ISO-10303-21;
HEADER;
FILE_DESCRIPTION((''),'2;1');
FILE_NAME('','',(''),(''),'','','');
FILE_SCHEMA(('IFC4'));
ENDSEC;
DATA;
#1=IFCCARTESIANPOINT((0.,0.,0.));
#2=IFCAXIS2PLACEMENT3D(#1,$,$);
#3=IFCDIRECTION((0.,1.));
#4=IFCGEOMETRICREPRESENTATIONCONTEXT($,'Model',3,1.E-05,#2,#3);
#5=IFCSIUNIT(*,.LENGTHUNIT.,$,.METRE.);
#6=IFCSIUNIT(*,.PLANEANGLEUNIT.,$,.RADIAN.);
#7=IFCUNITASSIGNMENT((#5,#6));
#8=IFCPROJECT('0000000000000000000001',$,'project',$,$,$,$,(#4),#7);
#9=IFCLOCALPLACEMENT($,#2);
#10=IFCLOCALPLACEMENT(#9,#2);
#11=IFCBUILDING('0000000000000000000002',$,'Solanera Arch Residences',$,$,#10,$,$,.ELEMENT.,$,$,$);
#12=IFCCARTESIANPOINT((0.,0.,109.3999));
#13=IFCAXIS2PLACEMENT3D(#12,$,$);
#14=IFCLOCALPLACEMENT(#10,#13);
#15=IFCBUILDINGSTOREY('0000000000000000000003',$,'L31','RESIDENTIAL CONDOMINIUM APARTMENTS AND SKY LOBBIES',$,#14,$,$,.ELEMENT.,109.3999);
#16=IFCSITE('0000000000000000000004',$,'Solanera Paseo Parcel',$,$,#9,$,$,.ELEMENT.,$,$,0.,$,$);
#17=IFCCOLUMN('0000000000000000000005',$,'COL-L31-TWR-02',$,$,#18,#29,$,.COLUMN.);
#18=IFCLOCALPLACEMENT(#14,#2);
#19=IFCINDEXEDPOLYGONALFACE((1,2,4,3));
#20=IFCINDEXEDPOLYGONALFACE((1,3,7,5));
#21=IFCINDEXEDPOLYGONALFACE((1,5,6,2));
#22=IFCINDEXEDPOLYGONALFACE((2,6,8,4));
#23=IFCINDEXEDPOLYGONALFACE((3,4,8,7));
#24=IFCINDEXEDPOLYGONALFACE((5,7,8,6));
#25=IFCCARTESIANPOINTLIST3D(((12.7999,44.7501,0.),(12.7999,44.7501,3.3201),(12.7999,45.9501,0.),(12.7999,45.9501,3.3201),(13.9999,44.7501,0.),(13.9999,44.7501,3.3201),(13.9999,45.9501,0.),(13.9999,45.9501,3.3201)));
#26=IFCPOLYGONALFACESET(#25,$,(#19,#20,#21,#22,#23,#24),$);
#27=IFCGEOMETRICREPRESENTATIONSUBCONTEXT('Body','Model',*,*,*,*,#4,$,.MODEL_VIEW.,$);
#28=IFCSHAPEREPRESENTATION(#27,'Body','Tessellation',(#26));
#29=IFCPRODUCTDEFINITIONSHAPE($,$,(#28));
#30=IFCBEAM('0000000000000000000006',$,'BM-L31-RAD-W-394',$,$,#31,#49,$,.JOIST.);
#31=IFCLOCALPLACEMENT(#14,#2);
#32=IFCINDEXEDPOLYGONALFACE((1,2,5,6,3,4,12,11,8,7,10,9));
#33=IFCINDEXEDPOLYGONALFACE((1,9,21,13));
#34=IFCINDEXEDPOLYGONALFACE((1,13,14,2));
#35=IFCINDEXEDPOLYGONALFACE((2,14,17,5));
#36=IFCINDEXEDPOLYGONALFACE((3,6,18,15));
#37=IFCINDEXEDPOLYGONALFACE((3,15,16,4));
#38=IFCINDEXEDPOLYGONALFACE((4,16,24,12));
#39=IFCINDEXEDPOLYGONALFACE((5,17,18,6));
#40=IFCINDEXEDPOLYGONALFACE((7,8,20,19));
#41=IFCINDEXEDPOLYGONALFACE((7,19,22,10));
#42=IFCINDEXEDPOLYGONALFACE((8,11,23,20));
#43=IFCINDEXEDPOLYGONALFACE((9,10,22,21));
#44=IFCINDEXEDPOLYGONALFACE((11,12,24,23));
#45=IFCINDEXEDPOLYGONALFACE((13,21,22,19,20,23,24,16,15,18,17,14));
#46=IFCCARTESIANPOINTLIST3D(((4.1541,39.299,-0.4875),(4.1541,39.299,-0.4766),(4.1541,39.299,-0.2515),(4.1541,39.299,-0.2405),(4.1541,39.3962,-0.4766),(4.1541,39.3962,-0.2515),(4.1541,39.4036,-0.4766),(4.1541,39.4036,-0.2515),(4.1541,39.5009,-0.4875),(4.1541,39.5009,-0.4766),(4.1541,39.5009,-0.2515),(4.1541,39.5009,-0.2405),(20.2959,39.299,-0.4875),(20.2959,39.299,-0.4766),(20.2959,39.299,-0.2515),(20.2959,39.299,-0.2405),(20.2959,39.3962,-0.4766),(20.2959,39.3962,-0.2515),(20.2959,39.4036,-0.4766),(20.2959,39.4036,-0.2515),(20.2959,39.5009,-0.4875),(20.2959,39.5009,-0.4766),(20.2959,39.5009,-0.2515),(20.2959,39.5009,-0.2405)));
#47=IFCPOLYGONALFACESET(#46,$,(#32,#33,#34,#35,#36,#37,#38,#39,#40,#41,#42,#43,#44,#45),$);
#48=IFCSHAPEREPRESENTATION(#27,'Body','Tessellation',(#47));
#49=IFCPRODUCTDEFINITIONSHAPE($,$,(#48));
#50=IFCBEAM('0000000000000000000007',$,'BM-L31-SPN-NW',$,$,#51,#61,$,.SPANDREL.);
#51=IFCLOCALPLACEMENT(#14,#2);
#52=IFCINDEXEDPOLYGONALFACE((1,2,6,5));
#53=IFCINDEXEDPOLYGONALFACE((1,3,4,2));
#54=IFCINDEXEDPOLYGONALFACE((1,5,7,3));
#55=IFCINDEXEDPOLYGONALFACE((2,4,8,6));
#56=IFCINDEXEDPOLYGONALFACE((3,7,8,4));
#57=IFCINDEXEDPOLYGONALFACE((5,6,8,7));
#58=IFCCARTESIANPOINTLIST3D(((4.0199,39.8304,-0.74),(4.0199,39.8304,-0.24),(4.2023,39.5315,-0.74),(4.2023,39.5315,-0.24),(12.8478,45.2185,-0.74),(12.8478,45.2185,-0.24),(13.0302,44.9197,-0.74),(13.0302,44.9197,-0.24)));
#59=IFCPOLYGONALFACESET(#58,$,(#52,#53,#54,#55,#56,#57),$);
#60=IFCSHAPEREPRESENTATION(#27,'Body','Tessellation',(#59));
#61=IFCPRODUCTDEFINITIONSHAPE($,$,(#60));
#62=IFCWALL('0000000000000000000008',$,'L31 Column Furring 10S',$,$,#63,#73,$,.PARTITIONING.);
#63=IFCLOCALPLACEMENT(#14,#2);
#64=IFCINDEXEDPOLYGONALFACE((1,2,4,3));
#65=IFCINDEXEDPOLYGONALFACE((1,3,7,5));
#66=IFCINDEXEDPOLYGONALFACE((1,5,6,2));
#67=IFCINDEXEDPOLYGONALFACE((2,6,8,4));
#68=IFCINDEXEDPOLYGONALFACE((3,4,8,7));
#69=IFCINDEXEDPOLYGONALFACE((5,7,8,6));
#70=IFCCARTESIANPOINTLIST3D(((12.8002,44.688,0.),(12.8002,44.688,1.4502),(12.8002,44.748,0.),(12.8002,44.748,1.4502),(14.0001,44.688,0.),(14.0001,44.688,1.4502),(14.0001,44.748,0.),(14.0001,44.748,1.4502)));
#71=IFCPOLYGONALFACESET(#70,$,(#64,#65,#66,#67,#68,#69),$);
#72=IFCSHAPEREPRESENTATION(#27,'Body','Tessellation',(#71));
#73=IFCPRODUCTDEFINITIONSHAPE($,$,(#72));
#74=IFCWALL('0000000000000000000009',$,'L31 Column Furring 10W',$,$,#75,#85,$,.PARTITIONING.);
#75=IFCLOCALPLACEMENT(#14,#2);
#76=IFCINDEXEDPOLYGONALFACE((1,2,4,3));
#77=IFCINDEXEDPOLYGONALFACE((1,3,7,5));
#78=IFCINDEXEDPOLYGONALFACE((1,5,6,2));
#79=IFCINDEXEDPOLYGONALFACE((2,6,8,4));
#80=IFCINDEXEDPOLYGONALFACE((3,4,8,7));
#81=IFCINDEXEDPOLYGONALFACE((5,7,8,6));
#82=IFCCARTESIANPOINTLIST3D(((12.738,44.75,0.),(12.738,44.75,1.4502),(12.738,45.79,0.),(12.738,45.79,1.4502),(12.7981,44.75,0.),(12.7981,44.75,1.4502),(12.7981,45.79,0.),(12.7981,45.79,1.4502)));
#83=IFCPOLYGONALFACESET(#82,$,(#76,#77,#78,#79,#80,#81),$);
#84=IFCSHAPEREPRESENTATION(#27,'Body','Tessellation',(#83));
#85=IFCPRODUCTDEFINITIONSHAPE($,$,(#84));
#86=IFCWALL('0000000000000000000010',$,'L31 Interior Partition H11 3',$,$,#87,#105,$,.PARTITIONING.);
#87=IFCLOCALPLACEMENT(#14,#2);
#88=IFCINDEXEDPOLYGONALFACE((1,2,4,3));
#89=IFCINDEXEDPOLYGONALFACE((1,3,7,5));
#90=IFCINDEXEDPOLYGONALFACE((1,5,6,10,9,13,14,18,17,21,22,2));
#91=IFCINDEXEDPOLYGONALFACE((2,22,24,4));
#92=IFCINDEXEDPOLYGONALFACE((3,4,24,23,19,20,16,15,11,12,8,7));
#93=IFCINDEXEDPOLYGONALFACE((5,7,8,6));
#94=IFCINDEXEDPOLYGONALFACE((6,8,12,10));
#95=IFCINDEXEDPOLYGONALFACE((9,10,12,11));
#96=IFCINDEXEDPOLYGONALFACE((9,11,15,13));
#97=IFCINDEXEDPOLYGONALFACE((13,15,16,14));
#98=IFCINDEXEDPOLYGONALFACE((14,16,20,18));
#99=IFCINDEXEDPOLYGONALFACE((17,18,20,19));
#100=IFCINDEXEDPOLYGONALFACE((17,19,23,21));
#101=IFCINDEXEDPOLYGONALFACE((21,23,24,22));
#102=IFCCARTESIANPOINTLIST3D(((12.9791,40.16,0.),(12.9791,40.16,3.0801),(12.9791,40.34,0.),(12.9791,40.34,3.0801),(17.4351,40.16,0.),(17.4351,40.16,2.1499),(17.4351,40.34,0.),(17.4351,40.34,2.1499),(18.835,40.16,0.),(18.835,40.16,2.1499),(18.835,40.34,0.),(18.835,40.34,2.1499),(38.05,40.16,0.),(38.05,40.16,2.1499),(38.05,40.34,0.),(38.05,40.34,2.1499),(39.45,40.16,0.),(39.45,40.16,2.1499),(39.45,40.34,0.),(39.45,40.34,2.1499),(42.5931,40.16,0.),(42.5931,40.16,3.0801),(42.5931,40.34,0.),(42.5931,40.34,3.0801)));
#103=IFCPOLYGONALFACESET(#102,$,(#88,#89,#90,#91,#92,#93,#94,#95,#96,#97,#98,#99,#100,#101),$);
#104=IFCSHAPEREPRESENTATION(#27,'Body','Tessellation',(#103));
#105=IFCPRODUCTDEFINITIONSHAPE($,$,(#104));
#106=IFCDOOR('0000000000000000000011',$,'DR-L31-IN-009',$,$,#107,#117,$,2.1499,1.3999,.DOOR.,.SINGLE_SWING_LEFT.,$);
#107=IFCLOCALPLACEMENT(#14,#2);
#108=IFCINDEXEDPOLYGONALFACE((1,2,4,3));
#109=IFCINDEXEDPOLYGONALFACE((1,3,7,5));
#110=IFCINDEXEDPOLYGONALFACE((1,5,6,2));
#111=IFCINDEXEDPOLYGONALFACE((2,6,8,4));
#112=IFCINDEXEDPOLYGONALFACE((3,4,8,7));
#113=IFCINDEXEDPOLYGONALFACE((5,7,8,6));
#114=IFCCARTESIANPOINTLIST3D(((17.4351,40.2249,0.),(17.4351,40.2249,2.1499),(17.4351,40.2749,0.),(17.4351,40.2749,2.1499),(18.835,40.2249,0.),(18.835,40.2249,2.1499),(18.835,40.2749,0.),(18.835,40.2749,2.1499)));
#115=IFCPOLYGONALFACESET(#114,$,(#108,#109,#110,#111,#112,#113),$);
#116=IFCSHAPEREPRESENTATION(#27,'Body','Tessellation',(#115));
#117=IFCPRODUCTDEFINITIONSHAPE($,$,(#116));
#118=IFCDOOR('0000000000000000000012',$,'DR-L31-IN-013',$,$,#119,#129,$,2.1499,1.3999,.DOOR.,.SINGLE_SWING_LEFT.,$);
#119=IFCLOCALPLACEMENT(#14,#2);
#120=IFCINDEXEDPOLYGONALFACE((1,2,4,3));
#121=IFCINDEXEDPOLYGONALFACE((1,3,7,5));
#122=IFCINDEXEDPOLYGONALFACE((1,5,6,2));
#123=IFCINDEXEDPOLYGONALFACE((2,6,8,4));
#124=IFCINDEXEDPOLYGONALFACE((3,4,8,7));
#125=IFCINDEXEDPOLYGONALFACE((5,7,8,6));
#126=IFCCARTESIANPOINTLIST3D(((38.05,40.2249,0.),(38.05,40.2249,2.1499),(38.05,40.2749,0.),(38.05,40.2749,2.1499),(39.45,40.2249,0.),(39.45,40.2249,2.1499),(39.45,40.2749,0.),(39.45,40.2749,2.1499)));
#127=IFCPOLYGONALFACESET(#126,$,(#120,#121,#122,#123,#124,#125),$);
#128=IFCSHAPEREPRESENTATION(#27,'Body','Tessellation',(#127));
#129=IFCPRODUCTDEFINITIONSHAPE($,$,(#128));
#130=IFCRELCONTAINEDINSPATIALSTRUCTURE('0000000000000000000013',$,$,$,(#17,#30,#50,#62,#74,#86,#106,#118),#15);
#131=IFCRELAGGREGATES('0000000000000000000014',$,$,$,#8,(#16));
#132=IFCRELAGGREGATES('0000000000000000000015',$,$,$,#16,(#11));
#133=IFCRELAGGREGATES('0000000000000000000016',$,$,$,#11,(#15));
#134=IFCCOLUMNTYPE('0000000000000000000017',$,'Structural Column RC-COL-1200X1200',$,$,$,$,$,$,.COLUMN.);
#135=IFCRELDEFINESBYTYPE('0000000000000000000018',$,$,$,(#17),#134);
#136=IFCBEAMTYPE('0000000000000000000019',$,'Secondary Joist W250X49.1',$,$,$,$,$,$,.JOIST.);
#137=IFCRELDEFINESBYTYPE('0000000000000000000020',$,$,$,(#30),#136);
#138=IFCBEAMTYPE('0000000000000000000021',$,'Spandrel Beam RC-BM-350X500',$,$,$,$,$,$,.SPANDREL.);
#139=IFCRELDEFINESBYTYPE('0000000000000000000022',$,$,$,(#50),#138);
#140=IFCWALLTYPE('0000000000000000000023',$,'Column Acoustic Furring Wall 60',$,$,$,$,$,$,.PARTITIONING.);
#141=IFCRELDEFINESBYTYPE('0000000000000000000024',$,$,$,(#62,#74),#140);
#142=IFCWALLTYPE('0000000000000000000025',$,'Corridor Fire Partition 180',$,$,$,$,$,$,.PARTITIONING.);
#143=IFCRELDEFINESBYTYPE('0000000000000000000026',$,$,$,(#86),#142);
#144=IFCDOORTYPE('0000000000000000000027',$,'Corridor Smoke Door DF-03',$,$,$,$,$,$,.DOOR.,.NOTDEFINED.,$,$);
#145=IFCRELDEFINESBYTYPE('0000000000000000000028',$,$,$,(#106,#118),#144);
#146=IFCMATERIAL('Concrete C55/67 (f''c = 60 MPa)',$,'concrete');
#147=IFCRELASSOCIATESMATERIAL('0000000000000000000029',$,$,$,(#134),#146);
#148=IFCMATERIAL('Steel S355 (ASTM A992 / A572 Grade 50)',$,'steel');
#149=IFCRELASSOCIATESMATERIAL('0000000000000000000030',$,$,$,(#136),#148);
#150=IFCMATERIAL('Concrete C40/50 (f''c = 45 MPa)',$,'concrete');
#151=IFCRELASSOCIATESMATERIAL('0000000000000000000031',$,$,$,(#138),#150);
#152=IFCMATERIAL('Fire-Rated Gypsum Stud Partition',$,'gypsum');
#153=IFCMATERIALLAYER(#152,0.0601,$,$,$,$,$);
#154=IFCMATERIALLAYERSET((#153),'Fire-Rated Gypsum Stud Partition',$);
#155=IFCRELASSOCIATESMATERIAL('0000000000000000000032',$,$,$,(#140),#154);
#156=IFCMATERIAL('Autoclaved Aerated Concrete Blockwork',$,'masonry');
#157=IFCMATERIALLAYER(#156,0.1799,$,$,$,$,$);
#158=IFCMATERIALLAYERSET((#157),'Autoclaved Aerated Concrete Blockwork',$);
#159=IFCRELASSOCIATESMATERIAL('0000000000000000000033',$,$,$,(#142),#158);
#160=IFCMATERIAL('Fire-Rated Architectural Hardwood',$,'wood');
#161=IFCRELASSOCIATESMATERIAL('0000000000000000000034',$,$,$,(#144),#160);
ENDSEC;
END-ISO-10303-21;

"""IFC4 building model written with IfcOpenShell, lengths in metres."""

from ifc_helpers import new_model, si_unit, direction, frame, frame_2d, origin, origin_2d, place, context, subcontext, project, spatial, rectangle, i_section, extrude, material, layer, layer_set, material_profile, profile_set, type_object, element, fill, save


model = new_model("IFC4")

# Units and contexts
model_context = context("Model", 3, precision=1e-05, world=origin(), true_north=direction((0.0, 1.0)))
body_context = subcontext(model_context, "Body", "Model", "MODEL_VIEW")
ifc_project = project(units=[si_unit("LENGTHUNIT", "METRE"), si_unit("PLANEANGLEUNIT", "RADIAN")], contexts=[model_context])

# Site, building, storey
site_placement = place(None, origin())
site = spatial("IfcSite", under=ifc_project, at=site_placement, Name="Solanera Paseo Parcel", CompositionType="ELEMENT", RefElevation=0.0)
building_placement = place(site_placement, origin())
building = spatial("IfcBuilding", under=site, at=building_placement, Name="Solanera Arch Residences", CompositionType="ELEMENT")
storey_placement = place(building_placement, frame((0.0, 0.0, 109.3999)))
storey = spatial("IfcBuildingStorey", under=building, at=storey_placement, Name="L31", Description="RESIDENTIAL CONDOMINIUM APARTMENTS AND SKY LOBBIES", CompositionType="ELEMENT", Elevation=109.3999)

# Column
ifc_material_1 = material(Name="Concrete C55/67 (f'c = 60 MPa)", Category="concrete")
ifc_material_profile_1 = material_profile(ifc_material_1, rectangle(XDim=1.2, YDim=1.2, at=origin_2d()))
ifc_profile_set_1 = profile_set([ifc_material_profile_1], Name="Concrete C55/67 (f'c = 60 MPa)")
column_type = type_object("IfcColumnType", Name="Structural Column RC-COL-1200X1200", PredefinedType="COLUMN", material=ifc_profile_set_1)
column_placement = place(storey_placement, frame((13.3999, 45.3501, 0.0), z_axis=(0.0, 0.0, 1.0), x_axis=(1.0, 0.0, 0.0)))
element("IfcColumn", 1, at=column_placement, inside=storey, type_object=column_type, Name="COL-L31-TWR-02", PredefinedType="COLUMN", context=body_context, shape_type="SweptSolid", body=[
    extrude(rectangle(XDim=1.2, YDim=1.2, at=origin_2d()), origin(), (0.0, 0.0, 1.0), 3.3201),
])

# Beams
ifc_material_2 = material(Name="Steel S355 (ASTM A992 / A572 Grade 50)", Category="steel")
ifc_material_profile_2 = material_profile(ifc_material_2, i_section(OverallWidth=0.2019, OverallDepth=0.2471, WebThickness=0.0073, FlangeThickness=0.011, at=origin_2d()))
ifc_profile_set_2 = profile_set([ifc_material_profile_2], Name="Steel S355 (ASTM A992 / A572 Grade 50)")
beam_type_1 = type_object("IfcBeamType", Name="Secondary Joist W250X49.1", PredefinedType="JOIST", material=ifc_profile_set_2)
beam_1_placement = place(storey_placement, frame((4.1541, 39.3999, -0.364), z_axis=(1.0, 0.0, 0.0), x_axis=(0.0, 1.0, 0.0)))
element("IfcBeam", 2, at=beam_1_placement, inside=storey, type_object=beam_type_1, Name="BM-L31-RAD-W-394", PredefinedType="JOIST", context=body_context, shape_type="SweptSolid", body=[
    extrude(i_section(OverallWidth=0.2019, OverallDepth=0.2471, WebThickness=0.0073, FlangeThickness=0.011, at=origin_2d()), origin(), (0.0, 0.0, 1.0), 16.1418),
])
ifc_material_3 = material(Name="Concrete C40/50 (f'c = 45 MPa)", Category="concrete")
ifc_material_profile_3 = material_profile(ifc_material_3, rectangle(XDim=0.3501, YDim=0.5, at=origin_2d()))
ifc_profile_set_3 = profile_set([ifc_material_profile_3], Name="Concrete C40/50 (f'c = 45 MPa)")
beam_type_2 = type_object("IfcBeamType", Name="Spandrel Beam RC-BM-350X500", PredefinedType="SPANDREL", material=ifc_profile_set_3)
beam_2_placement = place(storey_placement, frame((12.939, 45.0691, -0.49), z_axis=(-0.853567, -0.520983, 0.0), x_axis=(0.520983, -0.853567, 0.0)))
element("IfcBeam", 3, at=beam_2_placement, inside=storey, type_object=beam_type_2, Name="BM-L31-SPN-NW", PredefinedType="SPANDREL", context=body_context, shape_type="SweptSolid", body=[
    extrude(rectangle(XDim=0.3501, YDim=0.5, at=origin_2d()), origin(), (0.0, 0.0, 1.0), 10.3423),
])

# Walls
ifc_material_4 = material(Name="Fire-Rated Gypsum Stud Partition", Category="gypsum")
ifc_layer_1 = layer(ifc_material_4, 0.0601)
ifc_layer_set_1 = layer_set([ifc_layer_1], Name="Fire-Rated Gypsum Stud Partition")
wall_type_1 = type_object("IfcWallType", Name="Column Acoustic Furring Wall 60", PredefinedType="PARTITIONING", material=ifc_layer_set_1)
wall_1_placement = place(storey_placement, frame((12.8, 44.718, 0.0), z_axis=(0.0, 0.0, 1.0), x_axis=(1.0, 0.0, 0.0)))
element("IfcWall", 4, at=wall_1_placement, inside=storey, type_object=wall_type_1, Name="L31 Column Furring 10S", PredefinedType="PARTITIONING", context=body_context, shape_type="SweptSolid", body=[
    extrude(rectangle(XDim=1.2, YDim=0.0601, at=frame_2d((0.6001, 0.0))), origin(), (0.0, 0.0, 1.0), 1.4502),
])
wall_2_placement = place(storey_placement, frame((12.7681, 44.75, 0.0), z_axis=(0.0, 0.0, 1.0), x_axis=(0.0, 1.0, 0.0)))
element("IfcWall", 5, at=wall_2_placement, inside=storey, type_object=wall_type_1, Name="L31 Column Furring 10W", PredefinedType="PARTITIONING", context=body_context, shape_type="SweptSolid", body=[
    extrude(rectangle(XDim=1.04, YDim=0.0601, at=frame_2d((0.52, 0.0))), origin(), (0.0, 0.0, 1.0), 1.4502),
])

# Wall, openings, doors
ifc_material_5 = material(Name="Autoclaved Aerated Concrete Blockwork", Category="masonry")
ifc_layer_2 = layer(ifc_material_5, 0.1799)
ifc_layer_set_2 = layer_set([ifc_layer_2], Name="Autoclaved Aerated Concrete Blockwork")
wall_type_2 = type_object("IfcWallType", Name="Corridor Fire Partition 180", PredefinedType="PARTITIONING", material=ifc_layer_set_2)
wall_3_placement = place(storey_placement, frame((12.979, 40.25, 0.0), z_axis=(0.0, 0.0, 1.0), x_axis=(1.0, 0.0, 0.0)))
wall_3 = element("IfcWall", 6, at=wall_3_placement, inside=storey, type_object=wall_type_2, Name="L31 Interior Partition H11 3", PredefinedType="PARTITIONING", context=body_context, shape_type="SweptSolid", body=[
    extrude(rectangle(XDim=29.614, YDim=0.1799, at=frame_2d((14.8071, 0.0))), origin(), (0.0, 0.0, 1.0), 3.0801),
])
opening_1_placement = place(wall_3_placement, frame((4.4561, 0.0, 0.0)))
opening_1 = element("IfcOpeningElement", 7, at=opening_1_placement, cuts=wall_3, PredefinedType="OPENING", context=body_context, shape_type="SweptSolid", body=[
    extrude(rectangle(XDim=1.3999, YDim=2.1499, at=frame_2d((0.7, 1.075))), frame((0.0, 0.1001, 0.0), z_axis=(0.0, -1.0, 0.0), x_axis=(1.0, 0.0, 0.0)), (0.0, 0.0, 1.0), 0.1999),
])
opening_2_placement = place(wall_3_placement, frame((25.071, 0.0, 0.0)))
opening_2 = element("IfcOpeningElement", 8, at=opening_2_placement, cuts=wall_3, PredefinedType="OPENING", context=body_context, shape_type="SweptSolid", body=[
    extrude(rectangle(XDim=1.3999, YDim=2.1499, at=frame_2d((0.7, 1.075))), frame((0.0, 0.1001, 0.0), z_axis=(0.0, -1.0, 0.0), x_axis=(1.0, 0.0, 0.0)), (0.0, 0.0, 1.0), 0.1999),
])
ifc_material_6 = material(Name="Fire-Rated Architectural Hardwood", Category="wood")
door_type_1 = type_object("IfcDoorType", Name="Corridor Smoke Door DF-03", OperationType="NOTDEFINED", PredefinedType="DOOR", material=ifc_material_6)
door_1_placement = place(opening_1_placement, origin())
door_1 = element("IfcDoor", 9, at=door_1_placement, inside=storey, type_object=door_type_1, Name="DR-L31-IN-009", OperationType="SINGLE_SWING_LEFT", OverallHeight=2.1499, OverallWidth=1.3999, PredefinedType="DOOR", context=body_context, shape_type="SweptSolid", body=[
    extrude(rectangle(XDim=1.3999, YDim=2.1499, at=frame_2d((0.7, 1.075))), frame((0.0, 0.0249, 0.0), z_axis=(0.0, -1.0, 0.0), x_axis=(1.0, 0.0, 0.0)), (0.0, 0.0, 1.0), 0.05),
])
fill(opening_1, door_1)
door_2_placement = place(opening_2_placement, origin())
door_2 = element("IfcDoor", 10, at=door_2_placement, inside=storey, type_object=door_type_1, Name="DR-L31-IN-013", OperationType="SINGLE_SWING_LEFT", OverallHeight=2.1499, OverallWidth=1.3999, PredefinedType="DOOR", context=body_context, shape_type="SweptSolid", body=[
    extrude(rectangle(XDim=1.3999, YDim=2.1499, at=frame_2d((0.7, 1.075))), frame((0.0, 0.0249, 0.0), z_axis=(0.0, -1.0, 0.0), x_axis=(1.0, 0.0, 0.0)), (0.0, 0.0, 1.0), 0.05),
])
fill(opening_2, door_2)

save(model, "model.ifc")
